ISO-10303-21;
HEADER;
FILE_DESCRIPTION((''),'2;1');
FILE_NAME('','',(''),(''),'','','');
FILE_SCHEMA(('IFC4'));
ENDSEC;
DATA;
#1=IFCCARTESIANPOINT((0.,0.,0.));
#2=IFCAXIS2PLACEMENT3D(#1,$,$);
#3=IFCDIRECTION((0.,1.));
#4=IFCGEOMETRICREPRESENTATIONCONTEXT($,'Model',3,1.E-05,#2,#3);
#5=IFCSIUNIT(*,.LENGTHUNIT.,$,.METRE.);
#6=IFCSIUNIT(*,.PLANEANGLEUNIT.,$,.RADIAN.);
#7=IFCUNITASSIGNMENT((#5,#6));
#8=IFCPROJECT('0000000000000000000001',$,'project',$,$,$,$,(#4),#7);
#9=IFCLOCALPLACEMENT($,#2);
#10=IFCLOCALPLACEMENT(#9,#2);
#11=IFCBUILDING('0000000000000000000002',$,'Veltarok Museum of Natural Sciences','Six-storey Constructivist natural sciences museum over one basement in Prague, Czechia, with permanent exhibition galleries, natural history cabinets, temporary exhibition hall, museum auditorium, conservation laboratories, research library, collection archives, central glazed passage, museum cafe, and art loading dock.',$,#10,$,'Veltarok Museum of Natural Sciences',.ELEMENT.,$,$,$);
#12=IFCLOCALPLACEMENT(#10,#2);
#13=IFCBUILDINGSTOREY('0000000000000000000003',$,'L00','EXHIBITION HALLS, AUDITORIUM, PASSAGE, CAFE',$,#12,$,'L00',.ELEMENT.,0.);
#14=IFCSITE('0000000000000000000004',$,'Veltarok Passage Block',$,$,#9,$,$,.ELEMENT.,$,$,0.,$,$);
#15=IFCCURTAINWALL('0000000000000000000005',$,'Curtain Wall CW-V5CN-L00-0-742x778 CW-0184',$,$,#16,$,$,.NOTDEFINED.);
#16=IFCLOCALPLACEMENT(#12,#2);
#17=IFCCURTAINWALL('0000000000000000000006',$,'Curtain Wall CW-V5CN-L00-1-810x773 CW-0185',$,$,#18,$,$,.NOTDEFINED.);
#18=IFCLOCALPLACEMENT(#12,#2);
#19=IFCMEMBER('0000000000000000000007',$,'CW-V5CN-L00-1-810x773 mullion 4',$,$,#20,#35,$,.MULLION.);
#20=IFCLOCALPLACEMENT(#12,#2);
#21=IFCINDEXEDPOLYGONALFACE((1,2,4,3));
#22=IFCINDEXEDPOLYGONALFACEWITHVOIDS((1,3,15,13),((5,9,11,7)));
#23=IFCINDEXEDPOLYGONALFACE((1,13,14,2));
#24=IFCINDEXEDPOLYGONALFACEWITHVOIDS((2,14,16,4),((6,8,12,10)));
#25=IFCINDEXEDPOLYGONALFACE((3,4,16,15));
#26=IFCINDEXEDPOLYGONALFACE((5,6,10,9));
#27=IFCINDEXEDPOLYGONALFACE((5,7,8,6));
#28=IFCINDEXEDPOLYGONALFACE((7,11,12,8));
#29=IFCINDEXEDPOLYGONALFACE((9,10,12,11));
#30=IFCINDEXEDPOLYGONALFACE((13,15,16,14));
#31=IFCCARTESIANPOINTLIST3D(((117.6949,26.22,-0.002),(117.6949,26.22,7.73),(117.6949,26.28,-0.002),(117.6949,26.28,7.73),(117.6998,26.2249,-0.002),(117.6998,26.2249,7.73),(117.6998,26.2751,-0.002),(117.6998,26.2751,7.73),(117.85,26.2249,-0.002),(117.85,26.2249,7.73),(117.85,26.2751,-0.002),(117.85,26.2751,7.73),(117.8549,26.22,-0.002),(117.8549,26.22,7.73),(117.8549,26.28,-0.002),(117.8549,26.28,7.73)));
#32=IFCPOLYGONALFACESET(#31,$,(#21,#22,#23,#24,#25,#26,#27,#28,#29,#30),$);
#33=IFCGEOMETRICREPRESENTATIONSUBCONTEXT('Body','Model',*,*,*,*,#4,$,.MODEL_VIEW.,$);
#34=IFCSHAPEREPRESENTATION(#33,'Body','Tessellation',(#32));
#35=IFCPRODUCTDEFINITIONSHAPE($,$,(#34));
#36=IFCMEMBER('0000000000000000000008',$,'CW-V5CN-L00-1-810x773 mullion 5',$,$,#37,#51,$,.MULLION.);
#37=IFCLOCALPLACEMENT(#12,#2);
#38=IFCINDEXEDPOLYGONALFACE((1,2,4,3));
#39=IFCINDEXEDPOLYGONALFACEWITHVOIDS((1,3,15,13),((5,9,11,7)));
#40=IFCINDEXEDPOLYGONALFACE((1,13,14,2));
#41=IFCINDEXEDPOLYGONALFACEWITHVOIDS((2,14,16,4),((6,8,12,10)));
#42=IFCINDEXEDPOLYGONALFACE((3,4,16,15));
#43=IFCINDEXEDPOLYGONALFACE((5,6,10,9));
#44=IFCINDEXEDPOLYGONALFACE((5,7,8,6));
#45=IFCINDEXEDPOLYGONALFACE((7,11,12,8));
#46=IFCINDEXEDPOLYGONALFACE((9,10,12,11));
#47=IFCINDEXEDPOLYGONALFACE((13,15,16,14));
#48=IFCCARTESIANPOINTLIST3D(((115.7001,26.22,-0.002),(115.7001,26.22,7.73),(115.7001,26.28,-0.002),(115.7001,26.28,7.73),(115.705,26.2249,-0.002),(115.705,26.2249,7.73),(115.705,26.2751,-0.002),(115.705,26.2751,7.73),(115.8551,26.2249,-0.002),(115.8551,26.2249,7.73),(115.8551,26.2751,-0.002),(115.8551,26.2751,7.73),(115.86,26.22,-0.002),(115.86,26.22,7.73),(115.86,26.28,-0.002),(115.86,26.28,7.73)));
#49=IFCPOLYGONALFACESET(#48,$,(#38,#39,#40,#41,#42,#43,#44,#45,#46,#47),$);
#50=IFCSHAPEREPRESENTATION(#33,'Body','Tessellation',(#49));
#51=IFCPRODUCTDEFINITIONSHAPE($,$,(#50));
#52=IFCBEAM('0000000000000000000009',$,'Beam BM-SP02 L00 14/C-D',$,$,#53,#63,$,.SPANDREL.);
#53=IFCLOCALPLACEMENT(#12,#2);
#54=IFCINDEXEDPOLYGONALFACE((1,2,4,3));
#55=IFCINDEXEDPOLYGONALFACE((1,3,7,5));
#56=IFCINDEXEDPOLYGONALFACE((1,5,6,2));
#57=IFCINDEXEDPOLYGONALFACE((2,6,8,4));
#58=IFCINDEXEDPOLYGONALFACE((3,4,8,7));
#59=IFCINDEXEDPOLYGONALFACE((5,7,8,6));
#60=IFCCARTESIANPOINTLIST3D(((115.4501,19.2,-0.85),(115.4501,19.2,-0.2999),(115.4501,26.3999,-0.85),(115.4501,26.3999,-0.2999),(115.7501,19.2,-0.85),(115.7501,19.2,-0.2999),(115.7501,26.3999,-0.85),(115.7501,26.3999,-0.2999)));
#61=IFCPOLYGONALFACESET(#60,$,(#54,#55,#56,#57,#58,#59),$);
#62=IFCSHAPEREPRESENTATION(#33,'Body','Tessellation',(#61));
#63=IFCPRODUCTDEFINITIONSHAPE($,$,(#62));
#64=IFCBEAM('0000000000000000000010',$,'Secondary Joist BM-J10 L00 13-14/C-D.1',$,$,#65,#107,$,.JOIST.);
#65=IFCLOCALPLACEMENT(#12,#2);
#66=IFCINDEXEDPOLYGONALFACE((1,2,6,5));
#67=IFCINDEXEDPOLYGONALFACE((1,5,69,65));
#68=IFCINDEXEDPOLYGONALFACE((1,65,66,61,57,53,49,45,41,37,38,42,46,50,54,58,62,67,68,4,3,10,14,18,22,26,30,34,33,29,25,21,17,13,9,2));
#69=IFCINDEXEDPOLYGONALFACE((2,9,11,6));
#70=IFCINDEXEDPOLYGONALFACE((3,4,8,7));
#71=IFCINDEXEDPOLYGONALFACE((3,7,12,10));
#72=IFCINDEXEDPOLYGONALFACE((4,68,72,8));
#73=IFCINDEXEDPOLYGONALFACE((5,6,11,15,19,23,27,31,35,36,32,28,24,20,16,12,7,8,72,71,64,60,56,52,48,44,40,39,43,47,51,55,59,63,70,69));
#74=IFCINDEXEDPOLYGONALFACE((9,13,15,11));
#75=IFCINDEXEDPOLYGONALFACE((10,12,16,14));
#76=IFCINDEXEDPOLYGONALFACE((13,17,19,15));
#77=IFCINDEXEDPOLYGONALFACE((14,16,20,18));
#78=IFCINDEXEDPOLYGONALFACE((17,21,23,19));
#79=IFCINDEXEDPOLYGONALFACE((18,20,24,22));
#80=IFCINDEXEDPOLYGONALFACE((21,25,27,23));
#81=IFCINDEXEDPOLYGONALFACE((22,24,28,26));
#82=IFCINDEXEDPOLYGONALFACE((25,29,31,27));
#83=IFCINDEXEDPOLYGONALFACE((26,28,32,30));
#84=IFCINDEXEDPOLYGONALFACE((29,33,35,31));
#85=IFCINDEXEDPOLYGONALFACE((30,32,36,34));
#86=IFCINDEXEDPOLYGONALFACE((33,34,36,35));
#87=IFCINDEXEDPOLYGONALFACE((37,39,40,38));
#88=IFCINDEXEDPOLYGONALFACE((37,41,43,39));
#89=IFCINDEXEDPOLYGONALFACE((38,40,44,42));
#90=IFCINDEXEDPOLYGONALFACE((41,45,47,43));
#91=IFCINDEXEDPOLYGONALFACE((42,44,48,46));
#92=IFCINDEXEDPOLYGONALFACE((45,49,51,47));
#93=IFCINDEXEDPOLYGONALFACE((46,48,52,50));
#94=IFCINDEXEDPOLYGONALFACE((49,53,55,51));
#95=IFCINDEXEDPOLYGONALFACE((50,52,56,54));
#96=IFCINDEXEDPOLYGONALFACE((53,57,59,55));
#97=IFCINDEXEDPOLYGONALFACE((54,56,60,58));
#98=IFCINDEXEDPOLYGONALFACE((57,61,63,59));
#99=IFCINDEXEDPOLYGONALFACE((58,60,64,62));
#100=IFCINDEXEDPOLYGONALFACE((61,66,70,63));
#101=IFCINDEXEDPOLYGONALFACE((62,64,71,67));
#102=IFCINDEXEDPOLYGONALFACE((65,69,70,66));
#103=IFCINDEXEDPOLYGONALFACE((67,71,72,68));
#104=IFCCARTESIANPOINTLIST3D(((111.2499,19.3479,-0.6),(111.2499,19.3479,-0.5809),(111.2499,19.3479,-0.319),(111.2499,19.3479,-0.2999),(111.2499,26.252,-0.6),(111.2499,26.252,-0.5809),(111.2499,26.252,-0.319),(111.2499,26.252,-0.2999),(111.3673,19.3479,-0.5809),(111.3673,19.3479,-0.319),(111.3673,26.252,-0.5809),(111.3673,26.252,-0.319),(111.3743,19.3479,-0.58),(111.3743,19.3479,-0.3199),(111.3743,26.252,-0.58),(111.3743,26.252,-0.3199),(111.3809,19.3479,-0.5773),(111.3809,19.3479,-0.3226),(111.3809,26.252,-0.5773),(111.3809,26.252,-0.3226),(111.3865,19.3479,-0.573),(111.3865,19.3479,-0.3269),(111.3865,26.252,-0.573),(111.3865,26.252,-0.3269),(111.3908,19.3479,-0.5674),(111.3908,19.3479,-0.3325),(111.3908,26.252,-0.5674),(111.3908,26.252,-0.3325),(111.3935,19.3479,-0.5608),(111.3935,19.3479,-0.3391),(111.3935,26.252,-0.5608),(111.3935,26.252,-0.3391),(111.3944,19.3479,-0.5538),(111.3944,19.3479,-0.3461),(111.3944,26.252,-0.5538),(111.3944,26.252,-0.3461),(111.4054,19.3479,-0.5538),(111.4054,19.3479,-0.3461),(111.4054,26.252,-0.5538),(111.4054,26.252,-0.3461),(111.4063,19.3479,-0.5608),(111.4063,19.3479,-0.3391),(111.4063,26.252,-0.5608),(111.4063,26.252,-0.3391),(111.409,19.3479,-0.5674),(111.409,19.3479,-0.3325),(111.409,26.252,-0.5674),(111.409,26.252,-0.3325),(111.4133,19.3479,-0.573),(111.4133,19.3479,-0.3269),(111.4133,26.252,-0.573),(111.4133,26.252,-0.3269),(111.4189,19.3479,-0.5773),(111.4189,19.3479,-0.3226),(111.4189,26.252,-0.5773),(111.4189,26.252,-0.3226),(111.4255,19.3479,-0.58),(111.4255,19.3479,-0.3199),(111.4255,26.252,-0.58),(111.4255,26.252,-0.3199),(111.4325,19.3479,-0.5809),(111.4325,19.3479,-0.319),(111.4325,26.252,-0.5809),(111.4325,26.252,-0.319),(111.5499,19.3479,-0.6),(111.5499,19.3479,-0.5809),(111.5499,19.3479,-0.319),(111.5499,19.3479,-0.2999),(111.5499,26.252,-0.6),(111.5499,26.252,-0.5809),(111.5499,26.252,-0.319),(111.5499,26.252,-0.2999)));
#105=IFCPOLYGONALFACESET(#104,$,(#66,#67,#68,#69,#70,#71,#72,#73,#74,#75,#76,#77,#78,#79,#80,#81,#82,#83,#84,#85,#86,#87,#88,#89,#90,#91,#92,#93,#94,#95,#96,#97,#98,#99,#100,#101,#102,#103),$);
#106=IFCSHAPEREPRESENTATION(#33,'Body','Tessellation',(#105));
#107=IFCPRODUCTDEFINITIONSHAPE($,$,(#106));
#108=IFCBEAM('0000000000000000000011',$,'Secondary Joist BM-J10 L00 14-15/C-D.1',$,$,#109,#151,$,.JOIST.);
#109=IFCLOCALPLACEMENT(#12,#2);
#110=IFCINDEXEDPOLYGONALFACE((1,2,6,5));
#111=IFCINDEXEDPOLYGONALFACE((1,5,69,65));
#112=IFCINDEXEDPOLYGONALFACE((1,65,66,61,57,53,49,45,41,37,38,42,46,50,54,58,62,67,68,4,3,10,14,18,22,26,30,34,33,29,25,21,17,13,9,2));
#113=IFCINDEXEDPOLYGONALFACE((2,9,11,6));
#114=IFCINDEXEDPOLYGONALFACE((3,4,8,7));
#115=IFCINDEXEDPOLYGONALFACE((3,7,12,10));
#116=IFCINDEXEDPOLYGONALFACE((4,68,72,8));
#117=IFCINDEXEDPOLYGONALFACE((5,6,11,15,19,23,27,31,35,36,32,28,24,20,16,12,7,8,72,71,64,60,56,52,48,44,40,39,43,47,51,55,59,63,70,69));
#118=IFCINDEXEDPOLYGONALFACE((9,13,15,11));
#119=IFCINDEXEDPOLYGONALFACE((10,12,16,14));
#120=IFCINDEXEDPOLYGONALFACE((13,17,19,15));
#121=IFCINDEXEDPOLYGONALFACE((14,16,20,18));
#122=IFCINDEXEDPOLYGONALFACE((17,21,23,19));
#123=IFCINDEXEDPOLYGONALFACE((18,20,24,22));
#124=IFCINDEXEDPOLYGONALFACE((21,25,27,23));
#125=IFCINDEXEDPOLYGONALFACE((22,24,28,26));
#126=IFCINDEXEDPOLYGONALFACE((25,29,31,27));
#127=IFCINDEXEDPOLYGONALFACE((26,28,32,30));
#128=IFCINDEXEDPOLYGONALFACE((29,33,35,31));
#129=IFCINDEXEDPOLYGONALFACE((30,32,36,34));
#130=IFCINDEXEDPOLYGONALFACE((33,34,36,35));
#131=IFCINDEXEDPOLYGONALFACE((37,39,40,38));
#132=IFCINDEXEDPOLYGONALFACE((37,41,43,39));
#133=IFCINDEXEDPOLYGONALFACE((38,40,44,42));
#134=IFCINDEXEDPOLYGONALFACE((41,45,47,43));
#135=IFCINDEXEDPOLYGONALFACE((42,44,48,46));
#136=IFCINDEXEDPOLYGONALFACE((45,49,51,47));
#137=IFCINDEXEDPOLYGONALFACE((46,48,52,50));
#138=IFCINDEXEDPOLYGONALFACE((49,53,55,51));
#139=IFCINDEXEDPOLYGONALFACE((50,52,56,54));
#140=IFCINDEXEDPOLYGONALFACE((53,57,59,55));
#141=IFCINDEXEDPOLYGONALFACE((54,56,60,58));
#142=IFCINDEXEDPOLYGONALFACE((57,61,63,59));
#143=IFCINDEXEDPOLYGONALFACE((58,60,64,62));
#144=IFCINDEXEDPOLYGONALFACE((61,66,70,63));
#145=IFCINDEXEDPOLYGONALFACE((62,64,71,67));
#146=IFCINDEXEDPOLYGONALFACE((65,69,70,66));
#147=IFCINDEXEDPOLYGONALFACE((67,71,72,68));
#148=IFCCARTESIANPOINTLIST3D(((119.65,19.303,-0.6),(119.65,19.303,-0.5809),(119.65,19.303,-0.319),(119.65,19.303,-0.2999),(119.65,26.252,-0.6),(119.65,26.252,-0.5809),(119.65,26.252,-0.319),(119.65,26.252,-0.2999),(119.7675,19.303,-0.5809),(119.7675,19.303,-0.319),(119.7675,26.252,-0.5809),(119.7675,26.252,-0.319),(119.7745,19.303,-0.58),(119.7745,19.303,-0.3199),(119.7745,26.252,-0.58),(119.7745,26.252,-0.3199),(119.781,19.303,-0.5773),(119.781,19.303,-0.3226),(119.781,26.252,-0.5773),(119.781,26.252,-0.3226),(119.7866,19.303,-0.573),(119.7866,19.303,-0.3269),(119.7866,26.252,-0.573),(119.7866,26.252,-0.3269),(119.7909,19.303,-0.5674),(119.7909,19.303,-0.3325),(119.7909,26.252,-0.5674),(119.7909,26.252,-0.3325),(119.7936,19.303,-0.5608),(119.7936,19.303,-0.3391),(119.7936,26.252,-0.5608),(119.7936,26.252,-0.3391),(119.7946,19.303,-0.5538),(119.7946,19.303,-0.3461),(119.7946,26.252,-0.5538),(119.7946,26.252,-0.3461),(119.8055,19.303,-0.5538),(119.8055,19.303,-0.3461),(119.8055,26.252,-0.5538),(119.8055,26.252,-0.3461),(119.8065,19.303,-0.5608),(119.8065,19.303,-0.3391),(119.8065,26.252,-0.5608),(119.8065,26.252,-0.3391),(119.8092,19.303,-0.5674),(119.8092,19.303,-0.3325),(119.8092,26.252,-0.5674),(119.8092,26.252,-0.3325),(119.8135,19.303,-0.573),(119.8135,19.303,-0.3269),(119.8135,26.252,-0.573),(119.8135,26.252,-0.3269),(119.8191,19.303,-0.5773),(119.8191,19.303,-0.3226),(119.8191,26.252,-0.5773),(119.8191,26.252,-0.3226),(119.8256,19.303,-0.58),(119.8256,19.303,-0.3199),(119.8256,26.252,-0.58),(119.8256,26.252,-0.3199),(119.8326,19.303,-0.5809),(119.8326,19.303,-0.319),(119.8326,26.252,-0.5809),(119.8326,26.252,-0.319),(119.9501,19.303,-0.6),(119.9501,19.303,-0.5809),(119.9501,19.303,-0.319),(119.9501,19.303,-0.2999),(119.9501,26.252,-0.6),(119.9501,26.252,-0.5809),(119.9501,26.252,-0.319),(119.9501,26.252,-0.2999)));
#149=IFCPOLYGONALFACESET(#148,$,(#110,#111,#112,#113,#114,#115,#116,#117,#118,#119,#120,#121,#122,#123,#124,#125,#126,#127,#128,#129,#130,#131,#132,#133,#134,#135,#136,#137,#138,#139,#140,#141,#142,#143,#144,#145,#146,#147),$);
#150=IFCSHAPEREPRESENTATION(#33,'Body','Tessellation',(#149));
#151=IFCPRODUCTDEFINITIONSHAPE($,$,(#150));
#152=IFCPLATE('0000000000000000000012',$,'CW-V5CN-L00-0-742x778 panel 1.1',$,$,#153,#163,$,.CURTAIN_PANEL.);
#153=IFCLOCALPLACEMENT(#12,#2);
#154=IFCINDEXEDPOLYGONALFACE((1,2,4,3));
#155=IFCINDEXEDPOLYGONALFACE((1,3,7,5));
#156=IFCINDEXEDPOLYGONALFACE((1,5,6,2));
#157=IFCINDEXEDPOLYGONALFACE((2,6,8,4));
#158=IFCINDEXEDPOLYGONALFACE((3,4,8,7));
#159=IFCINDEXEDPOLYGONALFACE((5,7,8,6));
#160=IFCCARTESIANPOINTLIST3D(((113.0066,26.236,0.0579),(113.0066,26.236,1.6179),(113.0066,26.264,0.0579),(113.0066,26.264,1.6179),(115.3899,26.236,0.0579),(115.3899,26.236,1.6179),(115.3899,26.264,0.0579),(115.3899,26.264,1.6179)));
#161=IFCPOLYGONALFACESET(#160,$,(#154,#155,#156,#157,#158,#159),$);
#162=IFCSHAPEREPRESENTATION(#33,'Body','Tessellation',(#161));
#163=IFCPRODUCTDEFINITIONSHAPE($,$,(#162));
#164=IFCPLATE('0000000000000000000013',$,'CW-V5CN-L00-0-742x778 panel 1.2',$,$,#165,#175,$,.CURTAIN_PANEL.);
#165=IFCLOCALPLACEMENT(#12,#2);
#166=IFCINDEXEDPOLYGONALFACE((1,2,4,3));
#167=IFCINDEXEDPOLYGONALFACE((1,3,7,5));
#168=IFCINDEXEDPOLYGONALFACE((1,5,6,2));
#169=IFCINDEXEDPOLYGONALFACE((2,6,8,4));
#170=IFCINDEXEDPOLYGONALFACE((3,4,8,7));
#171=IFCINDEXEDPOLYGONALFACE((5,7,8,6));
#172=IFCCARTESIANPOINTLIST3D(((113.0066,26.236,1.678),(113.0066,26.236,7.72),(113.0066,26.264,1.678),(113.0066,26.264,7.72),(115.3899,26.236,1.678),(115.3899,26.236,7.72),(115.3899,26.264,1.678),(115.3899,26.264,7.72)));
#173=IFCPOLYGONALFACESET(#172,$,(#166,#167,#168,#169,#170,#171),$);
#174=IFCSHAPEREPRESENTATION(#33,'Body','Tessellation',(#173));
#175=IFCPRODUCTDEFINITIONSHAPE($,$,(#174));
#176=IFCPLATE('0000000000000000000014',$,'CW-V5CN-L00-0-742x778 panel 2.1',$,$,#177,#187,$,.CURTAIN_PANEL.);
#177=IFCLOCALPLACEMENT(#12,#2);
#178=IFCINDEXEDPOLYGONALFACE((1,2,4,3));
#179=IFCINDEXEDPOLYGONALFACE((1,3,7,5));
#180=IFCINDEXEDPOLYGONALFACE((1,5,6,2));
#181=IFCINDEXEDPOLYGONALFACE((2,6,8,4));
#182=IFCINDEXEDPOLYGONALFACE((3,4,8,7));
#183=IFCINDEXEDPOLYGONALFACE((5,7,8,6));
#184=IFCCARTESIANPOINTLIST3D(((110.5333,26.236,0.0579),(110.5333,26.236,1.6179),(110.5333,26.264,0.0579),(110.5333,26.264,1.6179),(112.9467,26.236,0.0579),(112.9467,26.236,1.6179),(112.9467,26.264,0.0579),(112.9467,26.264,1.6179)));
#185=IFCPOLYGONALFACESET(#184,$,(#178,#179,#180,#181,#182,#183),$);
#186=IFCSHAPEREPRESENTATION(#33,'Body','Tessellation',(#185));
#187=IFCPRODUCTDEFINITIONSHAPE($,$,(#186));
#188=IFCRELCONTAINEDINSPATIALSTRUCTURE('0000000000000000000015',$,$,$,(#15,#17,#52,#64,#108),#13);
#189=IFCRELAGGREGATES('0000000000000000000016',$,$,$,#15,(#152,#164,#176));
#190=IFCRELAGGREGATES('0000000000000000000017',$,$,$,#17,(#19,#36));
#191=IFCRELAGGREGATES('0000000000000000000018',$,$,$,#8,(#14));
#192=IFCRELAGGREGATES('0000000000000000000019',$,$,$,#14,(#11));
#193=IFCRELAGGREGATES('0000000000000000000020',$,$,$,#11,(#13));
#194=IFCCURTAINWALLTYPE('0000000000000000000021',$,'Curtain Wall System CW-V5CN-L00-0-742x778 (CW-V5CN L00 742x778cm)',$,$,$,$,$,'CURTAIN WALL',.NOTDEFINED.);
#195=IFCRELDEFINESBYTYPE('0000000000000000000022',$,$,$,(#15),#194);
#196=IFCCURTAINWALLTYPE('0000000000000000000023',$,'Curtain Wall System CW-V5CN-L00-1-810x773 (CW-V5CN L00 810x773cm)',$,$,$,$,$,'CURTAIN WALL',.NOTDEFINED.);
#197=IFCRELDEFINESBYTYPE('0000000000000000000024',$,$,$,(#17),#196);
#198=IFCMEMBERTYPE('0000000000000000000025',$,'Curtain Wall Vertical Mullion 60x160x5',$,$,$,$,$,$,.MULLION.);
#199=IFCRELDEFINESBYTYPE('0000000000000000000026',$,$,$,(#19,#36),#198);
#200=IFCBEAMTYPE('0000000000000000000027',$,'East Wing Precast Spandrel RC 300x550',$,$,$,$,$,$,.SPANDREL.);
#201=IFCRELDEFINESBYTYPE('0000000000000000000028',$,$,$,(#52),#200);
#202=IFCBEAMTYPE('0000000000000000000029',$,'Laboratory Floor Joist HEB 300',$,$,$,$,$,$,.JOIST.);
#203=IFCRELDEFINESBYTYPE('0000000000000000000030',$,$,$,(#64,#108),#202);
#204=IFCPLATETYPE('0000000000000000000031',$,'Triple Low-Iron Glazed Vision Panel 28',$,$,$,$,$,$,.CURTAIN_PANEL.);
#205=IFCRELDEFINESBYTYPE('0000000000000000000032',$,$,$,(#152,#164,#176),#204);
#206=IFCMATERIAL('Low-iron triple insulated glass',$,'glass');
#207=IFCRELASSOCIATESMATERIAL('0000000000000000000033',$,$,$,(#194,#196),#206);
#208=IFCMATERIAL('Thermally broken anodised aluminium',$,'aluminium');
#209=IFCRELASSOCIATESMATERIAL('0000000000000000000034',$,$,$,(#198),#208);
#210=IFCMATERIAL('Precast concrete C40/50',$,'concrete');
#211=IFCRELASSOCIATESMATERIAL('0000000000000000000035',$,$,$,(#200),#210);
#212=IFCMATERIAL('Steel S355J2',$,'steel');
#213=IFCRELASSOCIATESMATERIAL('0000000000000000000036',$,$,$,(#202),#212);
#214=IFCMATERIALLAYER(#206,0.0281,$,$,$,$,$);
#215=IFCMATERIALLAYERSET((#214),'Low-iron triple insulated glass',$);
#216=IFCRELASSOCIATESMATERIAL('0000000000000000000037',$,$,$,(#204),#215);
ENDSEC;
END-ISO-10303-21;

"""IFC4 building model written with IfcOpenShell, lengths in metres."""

from ifc_helpers import new_model, si_unit, direction, frame, origin, origin_2d, place, context, subcontext, project, spatial, rectangle, hollow_rectangle, i_section, extrude, material, layer, layer_set, material_profile, profile_set, type_object, element, aggregate, save


model = new_model("IFC4")

# Units and contexts
model_context = context("Model", 3, precision=1e-05, world=origin(), true_north=direction((0.0, 1.0)))
body_context = subcontext(model_context, "Body", "Model", "MODEL_VIEW")
ifc_project = project(units=[si_unit("LENGTHUNIT", "METRE"), si_unit("PLANEANGLEUNIT", "RADIAN")], contexts=[model_context])

# Site, building, storey
site_placement = place(None, origin())
site = spatial("IfcSite", under=ifc_project, at=site_placement, Name="Veltarok Passage Block", CompositionType="ELEMENT", RefElevation=0.0)
building_placement = place(site_placement, origin())
building = spatial("IfcBuilding", under=site, at=building_placement, Name="Veltarok Museum of Natural Sciences", Description="Six-storey Constructivist natural sciences museum over one basement in Prague, Czechia, with permanent exhibition galleries, natural history cabinets, temporary exhibition hall, museum auditorium, conservation laboratories, research library, collection archives, central glazed passage, museum cafe, and art loading dock.", LongName="Veltarok Museum of Natural Sciences", CompositionType="ELEMENT")
storey_placement = place(building_placement, origin())
storey = spatial("IfcBuildingStorey", under=building, at=storey_placement, Name="L00", Description="EXHIBITION HALLS, AUDITORIUM, PASSAGE, CAFE", LongName="L00", CompositionType="ELEMENT", Elevation=0.0)

# Shared definitions
ifc_material_1 = material(Name="Steel S355J2", Category="steel")

# Curtain walls
ifc_material_2 = material(Name="Low-iron triple insulated glass", Category="glass")
curtain_wall_type_1 = type_object("IfcCurtainWallType", Name="Curtain Wall System CW-V5CN-L00-0-742x778 (CW-V5CN L00 742x778cm)", ElementType="CURTAIN WALL", PredefinedType="NOTDEFINED", material=ifc_material_2)
curtain_wall_1_placement = place(storey_placement, origin())
curtain_wall_1 = element("IfcCurtainWall", 1, at=curtain_wall_1_placement, inside=storey, type_object=curtain_wall_type_1, Name="Curtain Wall CW-V5CN-L00-0-742x778 CW-0184", PredefinedType="NOTDEFINED")
ifc_material_3 = material(Name="Thermally broken anodised aluminium", Category="aluminium")
curtain_wall_type_2 = type_object("IfcCurtainWallType", Name="Curtain Wall System CW-V5CN-L00-1-810x773 (CW-V5CN L00 810x773cm)", ElementType="CURTAIN WALL", PredefinedType="NOTDEFINED", material=ifc_material_2)
curtain_wall_2_placement = place(storey_placement, origin())
curtain_wall_2 = element("IfcCurtainWall", 2, at=curtain_wall_2_placement, inside=storey, type_object=curtain_wall_type_2, Name="Curtain Wall CW-V5CN-L00-1-810x773 CW-0185", PredefinedType="NOTDEFINED")

# Members
ifc_material_profile_1 = material_profile(ifc_material_3, hollow_rectangle(XDim=0.0601, YDim=0.1599, WallThickness=0.0049, at=origin_2d()), Name="CW MULLION 60x160x5")
ifc_profile_set_1 = profile_set([ifc_material_profile_1], Name="Thermally broken anodised aluminium")
member_type_1 = type_object("IfcMemberType", Name="Curtain Wall Vertical Mullion 60x160x5", PredefinedType="MULLION", material=ifc_profile_set_1)
member_1_placement = place(storey_placement, frame((117.7749, 26.25, -0.002), z_axis=(0.0, 0.0, 1.0), x_axis=(0.0, -1.0, 0.0)))
member_1 = element("IfcMember", 3, at=member_1_placement, type_object=member_type_1, Name="CW-V5CN-L00-1-810x773 mullion 4", PredefinedType="MULLION", context=body_context, shape_type="SweptSolid", body=[
    extrude(hollow_rectangle(XDim=0.0601, YDim=0.1599, WallThickness=0.0049, at=origin_2d()), origin(), (0.0, 0.0, 1.0), 7.7319),
])
member_2_placement = place(storey_placement, frame((115.78, 26.25, -0.002), z_axis=(0.0, 0.0, 1.0), x_axis=(0.0, -1.0, 0.0)))
member_2 = element("IfcMember", 4, at=member_2_placement, type_object=member_type_1, Name="CW-V5CN-L00-1-810x773 mullion 5", PredefinedType="MULLION", context=body_context, shape_type="SweptSolid", body=[
    extrude(hollow_rectangle(XDim=0.0601, YDim=0.1599, WallThickness=0.0049, at=origin_2d()), origin(), (0.0, 0.0, 1.0), 7.7319),
])

# Beams
ifc_material_4 = material(Name="Precast concrete C40/50", Category="concrete")
ifc_material_profile_2 = material_profile(ifc_material_4, rectangle(XDim=0.3, YDim=0.55, at=origin_2d()), Name="RC 300x550")
ifc_profile_set_2 = profile_set([ifc_material_profile_2], Name="Precast concrete C40/50")
beam_type_1 = type_object("IfcBeamType", Name="East Wing Precast Spandrel RC 300x550", PredefinedType="SPANDREL", material=ifc_profile_set_2)
beam_1_placement = place(storey_placement, frame((115.6001, 19.2, -0.575), z_axis=(0.0, 1.0, 0.0), x_axis=(-1.0, 0.0, 0.0)))
element("IfcBeam", 5, at=beam_1_placement, inside=storey, type_object=beam_type_1, Name="Beam BM-SP02 L00 14/C-D", PredefinedType="SPANDREL", context=body_context, shape_type="SweptSolid", body=[
    extrude(rectangle(XDim=0.3, YDim=0.55, at=origin_2d()), origin(), (0.0, 0.0, 1.0), 7.2),
])
ifc_material_profile_3 = material_profile(ifc_material_1, i_section(OverallWidth=0.3, OverallDepth=0.3, WebThickness=0.011, FlangeThickness=0.019, FilletRadius=0.0271, at=origin_2d()), Name="HEB 300")
ifc_profile_set_3 = profile_set([ifc_material_profile_3], Name="Steel S355J2")
beam_type_2 = type_object("IfcBeamType", Name="Laboratory Floor Joist HEB 300", PredefinedType="JOIST", material=ifc_profile_set_3)
beam_2_placement = place(storey_placement, frame((111.3999, 19.3479, -0.45), z_axis=(0.0, 1.0, 0.0), x_axis=(-1.0, 0.0, 0.0)))
element("IfcBeam", 6, at=beam_2_placement, inside=storey, type_object=beam_type_2, Name="Secondary Joist BM-J10 L00 13-14/C-D.1", PredefinedType="JOIST", context=body_context, shape_type="SweptSolid", body=[
    extrude(i_section(OverallWidth=0.3, OverallDepth=0.3, WebThickness=0.011, FlangeThickness=0.019, FilletRadius=0.0271, at=origin_2d()), origin(), (0.0, 0.0, 1.0), 6.9041),
])
beam_3_placement = place(storey_placement, frame((119.8, 19.303, -0.45), z_axis=(0.0, 1.0, 0.0), x_axis=(-1.0, 0.0, 0.0)))
element("IfcBeam", 7, at=beam_3_placement, inside=storey, type_object=beam_type_2, Name="Secondary Joist BM-J10 L00 14-15/C-D.1", PredefinedType="JOIST", context=body_context, shape_type="SweptSolid", body=[
    extrude(i_section(OverallWidth=0.3, OverallDepth=0.3, WebThickness=0.011, FlangeThickness=0.019, FilletRadius=0.0271, at=origin_2d()), origin(), (0.0, 0.0, 1.0), 6.949),
])

# Plates
ifc_layer_1 = layer(ifc_material_2, 0.0281)
ifc_layer_set_1 = layer_set([ifc_layer_1], Name="Low-iron triple insulated glass")
plate_type = type_object("IfcPlateType", Name="Triple Low-Iron Glazed Vision Panel 28", PredefinedType="CURTAIN_PANEL", material=ifc_layer_set_1)
plate_1_placement = place(storey_placement, frame((114.1982, 26.25, 0.0579), z_axis=(0.0, 0.0, 1.0), x_axis=(-1.0, 0.0, 0.0)))
plate_1 = element("IfcPlate", 8, at=plate_1_placement, type_object=plate_type, Name="CW-V5CN-L00-0-742x778 panel 1.1", PredefinedType="CURTAIN_PANEL", context=body_context, shape_type="SweptSolid", body=[
    extrude(rectangle(XDim=2.3833, YDim=0.0281, at=origin_2d()), origin(), (0.0, 0.0, 1.0), 1.5601),
])
plate_2_placement = place(storey_placement, frame((114.1982, 26.25, 1.678), z_axis=(0.0, 0.0, 1.0), x_axis=(-1.0, 0.0, 0.0)))
plate_2 = element("IfcPlate", 9, at=plate_2_placement, type_object=plate_type, Name="CW-V5CN-L00-0-742x778 panel 1.2", PredefinedType="CURTAIN_PANEL", context=body_context, shape_type="SweptSolid", body=[
    extrude(rectangle(XDim=2.3833, YDim=0.0281, at=origin_2d()), origin(), (0.0, 0.0, 1.0), 6.042),
])
plate_3_placement = place(storey_placement, frame((111.74, 26.25, 0.0579), z_axis=(0.0, 0.0, 1.0), x_axis=(-1.0, 0.0, 0.0)))
plate_3 = element("IfcPlate", 10, at=plate_3_placement, type_object=plate_type, Name="CW-V5CN-L00-0-742x778 panel 2.1", PredefinedType="CURTAIN_PANEL", context=body_context, shape_type="SweptSolid", body=[
    extrude(rectangle(XDim=2.4133, YDim=0.0281, at=origin_2d()), origin(), (0.0, 0.0, 1.0), 1.5601),
])
aggregate(curtain_wall_1, [plate_1, plate_2, plate_3])
aggregate(curtain_wall_2, [member_1, member_2])

save(model, "model.ifc")
